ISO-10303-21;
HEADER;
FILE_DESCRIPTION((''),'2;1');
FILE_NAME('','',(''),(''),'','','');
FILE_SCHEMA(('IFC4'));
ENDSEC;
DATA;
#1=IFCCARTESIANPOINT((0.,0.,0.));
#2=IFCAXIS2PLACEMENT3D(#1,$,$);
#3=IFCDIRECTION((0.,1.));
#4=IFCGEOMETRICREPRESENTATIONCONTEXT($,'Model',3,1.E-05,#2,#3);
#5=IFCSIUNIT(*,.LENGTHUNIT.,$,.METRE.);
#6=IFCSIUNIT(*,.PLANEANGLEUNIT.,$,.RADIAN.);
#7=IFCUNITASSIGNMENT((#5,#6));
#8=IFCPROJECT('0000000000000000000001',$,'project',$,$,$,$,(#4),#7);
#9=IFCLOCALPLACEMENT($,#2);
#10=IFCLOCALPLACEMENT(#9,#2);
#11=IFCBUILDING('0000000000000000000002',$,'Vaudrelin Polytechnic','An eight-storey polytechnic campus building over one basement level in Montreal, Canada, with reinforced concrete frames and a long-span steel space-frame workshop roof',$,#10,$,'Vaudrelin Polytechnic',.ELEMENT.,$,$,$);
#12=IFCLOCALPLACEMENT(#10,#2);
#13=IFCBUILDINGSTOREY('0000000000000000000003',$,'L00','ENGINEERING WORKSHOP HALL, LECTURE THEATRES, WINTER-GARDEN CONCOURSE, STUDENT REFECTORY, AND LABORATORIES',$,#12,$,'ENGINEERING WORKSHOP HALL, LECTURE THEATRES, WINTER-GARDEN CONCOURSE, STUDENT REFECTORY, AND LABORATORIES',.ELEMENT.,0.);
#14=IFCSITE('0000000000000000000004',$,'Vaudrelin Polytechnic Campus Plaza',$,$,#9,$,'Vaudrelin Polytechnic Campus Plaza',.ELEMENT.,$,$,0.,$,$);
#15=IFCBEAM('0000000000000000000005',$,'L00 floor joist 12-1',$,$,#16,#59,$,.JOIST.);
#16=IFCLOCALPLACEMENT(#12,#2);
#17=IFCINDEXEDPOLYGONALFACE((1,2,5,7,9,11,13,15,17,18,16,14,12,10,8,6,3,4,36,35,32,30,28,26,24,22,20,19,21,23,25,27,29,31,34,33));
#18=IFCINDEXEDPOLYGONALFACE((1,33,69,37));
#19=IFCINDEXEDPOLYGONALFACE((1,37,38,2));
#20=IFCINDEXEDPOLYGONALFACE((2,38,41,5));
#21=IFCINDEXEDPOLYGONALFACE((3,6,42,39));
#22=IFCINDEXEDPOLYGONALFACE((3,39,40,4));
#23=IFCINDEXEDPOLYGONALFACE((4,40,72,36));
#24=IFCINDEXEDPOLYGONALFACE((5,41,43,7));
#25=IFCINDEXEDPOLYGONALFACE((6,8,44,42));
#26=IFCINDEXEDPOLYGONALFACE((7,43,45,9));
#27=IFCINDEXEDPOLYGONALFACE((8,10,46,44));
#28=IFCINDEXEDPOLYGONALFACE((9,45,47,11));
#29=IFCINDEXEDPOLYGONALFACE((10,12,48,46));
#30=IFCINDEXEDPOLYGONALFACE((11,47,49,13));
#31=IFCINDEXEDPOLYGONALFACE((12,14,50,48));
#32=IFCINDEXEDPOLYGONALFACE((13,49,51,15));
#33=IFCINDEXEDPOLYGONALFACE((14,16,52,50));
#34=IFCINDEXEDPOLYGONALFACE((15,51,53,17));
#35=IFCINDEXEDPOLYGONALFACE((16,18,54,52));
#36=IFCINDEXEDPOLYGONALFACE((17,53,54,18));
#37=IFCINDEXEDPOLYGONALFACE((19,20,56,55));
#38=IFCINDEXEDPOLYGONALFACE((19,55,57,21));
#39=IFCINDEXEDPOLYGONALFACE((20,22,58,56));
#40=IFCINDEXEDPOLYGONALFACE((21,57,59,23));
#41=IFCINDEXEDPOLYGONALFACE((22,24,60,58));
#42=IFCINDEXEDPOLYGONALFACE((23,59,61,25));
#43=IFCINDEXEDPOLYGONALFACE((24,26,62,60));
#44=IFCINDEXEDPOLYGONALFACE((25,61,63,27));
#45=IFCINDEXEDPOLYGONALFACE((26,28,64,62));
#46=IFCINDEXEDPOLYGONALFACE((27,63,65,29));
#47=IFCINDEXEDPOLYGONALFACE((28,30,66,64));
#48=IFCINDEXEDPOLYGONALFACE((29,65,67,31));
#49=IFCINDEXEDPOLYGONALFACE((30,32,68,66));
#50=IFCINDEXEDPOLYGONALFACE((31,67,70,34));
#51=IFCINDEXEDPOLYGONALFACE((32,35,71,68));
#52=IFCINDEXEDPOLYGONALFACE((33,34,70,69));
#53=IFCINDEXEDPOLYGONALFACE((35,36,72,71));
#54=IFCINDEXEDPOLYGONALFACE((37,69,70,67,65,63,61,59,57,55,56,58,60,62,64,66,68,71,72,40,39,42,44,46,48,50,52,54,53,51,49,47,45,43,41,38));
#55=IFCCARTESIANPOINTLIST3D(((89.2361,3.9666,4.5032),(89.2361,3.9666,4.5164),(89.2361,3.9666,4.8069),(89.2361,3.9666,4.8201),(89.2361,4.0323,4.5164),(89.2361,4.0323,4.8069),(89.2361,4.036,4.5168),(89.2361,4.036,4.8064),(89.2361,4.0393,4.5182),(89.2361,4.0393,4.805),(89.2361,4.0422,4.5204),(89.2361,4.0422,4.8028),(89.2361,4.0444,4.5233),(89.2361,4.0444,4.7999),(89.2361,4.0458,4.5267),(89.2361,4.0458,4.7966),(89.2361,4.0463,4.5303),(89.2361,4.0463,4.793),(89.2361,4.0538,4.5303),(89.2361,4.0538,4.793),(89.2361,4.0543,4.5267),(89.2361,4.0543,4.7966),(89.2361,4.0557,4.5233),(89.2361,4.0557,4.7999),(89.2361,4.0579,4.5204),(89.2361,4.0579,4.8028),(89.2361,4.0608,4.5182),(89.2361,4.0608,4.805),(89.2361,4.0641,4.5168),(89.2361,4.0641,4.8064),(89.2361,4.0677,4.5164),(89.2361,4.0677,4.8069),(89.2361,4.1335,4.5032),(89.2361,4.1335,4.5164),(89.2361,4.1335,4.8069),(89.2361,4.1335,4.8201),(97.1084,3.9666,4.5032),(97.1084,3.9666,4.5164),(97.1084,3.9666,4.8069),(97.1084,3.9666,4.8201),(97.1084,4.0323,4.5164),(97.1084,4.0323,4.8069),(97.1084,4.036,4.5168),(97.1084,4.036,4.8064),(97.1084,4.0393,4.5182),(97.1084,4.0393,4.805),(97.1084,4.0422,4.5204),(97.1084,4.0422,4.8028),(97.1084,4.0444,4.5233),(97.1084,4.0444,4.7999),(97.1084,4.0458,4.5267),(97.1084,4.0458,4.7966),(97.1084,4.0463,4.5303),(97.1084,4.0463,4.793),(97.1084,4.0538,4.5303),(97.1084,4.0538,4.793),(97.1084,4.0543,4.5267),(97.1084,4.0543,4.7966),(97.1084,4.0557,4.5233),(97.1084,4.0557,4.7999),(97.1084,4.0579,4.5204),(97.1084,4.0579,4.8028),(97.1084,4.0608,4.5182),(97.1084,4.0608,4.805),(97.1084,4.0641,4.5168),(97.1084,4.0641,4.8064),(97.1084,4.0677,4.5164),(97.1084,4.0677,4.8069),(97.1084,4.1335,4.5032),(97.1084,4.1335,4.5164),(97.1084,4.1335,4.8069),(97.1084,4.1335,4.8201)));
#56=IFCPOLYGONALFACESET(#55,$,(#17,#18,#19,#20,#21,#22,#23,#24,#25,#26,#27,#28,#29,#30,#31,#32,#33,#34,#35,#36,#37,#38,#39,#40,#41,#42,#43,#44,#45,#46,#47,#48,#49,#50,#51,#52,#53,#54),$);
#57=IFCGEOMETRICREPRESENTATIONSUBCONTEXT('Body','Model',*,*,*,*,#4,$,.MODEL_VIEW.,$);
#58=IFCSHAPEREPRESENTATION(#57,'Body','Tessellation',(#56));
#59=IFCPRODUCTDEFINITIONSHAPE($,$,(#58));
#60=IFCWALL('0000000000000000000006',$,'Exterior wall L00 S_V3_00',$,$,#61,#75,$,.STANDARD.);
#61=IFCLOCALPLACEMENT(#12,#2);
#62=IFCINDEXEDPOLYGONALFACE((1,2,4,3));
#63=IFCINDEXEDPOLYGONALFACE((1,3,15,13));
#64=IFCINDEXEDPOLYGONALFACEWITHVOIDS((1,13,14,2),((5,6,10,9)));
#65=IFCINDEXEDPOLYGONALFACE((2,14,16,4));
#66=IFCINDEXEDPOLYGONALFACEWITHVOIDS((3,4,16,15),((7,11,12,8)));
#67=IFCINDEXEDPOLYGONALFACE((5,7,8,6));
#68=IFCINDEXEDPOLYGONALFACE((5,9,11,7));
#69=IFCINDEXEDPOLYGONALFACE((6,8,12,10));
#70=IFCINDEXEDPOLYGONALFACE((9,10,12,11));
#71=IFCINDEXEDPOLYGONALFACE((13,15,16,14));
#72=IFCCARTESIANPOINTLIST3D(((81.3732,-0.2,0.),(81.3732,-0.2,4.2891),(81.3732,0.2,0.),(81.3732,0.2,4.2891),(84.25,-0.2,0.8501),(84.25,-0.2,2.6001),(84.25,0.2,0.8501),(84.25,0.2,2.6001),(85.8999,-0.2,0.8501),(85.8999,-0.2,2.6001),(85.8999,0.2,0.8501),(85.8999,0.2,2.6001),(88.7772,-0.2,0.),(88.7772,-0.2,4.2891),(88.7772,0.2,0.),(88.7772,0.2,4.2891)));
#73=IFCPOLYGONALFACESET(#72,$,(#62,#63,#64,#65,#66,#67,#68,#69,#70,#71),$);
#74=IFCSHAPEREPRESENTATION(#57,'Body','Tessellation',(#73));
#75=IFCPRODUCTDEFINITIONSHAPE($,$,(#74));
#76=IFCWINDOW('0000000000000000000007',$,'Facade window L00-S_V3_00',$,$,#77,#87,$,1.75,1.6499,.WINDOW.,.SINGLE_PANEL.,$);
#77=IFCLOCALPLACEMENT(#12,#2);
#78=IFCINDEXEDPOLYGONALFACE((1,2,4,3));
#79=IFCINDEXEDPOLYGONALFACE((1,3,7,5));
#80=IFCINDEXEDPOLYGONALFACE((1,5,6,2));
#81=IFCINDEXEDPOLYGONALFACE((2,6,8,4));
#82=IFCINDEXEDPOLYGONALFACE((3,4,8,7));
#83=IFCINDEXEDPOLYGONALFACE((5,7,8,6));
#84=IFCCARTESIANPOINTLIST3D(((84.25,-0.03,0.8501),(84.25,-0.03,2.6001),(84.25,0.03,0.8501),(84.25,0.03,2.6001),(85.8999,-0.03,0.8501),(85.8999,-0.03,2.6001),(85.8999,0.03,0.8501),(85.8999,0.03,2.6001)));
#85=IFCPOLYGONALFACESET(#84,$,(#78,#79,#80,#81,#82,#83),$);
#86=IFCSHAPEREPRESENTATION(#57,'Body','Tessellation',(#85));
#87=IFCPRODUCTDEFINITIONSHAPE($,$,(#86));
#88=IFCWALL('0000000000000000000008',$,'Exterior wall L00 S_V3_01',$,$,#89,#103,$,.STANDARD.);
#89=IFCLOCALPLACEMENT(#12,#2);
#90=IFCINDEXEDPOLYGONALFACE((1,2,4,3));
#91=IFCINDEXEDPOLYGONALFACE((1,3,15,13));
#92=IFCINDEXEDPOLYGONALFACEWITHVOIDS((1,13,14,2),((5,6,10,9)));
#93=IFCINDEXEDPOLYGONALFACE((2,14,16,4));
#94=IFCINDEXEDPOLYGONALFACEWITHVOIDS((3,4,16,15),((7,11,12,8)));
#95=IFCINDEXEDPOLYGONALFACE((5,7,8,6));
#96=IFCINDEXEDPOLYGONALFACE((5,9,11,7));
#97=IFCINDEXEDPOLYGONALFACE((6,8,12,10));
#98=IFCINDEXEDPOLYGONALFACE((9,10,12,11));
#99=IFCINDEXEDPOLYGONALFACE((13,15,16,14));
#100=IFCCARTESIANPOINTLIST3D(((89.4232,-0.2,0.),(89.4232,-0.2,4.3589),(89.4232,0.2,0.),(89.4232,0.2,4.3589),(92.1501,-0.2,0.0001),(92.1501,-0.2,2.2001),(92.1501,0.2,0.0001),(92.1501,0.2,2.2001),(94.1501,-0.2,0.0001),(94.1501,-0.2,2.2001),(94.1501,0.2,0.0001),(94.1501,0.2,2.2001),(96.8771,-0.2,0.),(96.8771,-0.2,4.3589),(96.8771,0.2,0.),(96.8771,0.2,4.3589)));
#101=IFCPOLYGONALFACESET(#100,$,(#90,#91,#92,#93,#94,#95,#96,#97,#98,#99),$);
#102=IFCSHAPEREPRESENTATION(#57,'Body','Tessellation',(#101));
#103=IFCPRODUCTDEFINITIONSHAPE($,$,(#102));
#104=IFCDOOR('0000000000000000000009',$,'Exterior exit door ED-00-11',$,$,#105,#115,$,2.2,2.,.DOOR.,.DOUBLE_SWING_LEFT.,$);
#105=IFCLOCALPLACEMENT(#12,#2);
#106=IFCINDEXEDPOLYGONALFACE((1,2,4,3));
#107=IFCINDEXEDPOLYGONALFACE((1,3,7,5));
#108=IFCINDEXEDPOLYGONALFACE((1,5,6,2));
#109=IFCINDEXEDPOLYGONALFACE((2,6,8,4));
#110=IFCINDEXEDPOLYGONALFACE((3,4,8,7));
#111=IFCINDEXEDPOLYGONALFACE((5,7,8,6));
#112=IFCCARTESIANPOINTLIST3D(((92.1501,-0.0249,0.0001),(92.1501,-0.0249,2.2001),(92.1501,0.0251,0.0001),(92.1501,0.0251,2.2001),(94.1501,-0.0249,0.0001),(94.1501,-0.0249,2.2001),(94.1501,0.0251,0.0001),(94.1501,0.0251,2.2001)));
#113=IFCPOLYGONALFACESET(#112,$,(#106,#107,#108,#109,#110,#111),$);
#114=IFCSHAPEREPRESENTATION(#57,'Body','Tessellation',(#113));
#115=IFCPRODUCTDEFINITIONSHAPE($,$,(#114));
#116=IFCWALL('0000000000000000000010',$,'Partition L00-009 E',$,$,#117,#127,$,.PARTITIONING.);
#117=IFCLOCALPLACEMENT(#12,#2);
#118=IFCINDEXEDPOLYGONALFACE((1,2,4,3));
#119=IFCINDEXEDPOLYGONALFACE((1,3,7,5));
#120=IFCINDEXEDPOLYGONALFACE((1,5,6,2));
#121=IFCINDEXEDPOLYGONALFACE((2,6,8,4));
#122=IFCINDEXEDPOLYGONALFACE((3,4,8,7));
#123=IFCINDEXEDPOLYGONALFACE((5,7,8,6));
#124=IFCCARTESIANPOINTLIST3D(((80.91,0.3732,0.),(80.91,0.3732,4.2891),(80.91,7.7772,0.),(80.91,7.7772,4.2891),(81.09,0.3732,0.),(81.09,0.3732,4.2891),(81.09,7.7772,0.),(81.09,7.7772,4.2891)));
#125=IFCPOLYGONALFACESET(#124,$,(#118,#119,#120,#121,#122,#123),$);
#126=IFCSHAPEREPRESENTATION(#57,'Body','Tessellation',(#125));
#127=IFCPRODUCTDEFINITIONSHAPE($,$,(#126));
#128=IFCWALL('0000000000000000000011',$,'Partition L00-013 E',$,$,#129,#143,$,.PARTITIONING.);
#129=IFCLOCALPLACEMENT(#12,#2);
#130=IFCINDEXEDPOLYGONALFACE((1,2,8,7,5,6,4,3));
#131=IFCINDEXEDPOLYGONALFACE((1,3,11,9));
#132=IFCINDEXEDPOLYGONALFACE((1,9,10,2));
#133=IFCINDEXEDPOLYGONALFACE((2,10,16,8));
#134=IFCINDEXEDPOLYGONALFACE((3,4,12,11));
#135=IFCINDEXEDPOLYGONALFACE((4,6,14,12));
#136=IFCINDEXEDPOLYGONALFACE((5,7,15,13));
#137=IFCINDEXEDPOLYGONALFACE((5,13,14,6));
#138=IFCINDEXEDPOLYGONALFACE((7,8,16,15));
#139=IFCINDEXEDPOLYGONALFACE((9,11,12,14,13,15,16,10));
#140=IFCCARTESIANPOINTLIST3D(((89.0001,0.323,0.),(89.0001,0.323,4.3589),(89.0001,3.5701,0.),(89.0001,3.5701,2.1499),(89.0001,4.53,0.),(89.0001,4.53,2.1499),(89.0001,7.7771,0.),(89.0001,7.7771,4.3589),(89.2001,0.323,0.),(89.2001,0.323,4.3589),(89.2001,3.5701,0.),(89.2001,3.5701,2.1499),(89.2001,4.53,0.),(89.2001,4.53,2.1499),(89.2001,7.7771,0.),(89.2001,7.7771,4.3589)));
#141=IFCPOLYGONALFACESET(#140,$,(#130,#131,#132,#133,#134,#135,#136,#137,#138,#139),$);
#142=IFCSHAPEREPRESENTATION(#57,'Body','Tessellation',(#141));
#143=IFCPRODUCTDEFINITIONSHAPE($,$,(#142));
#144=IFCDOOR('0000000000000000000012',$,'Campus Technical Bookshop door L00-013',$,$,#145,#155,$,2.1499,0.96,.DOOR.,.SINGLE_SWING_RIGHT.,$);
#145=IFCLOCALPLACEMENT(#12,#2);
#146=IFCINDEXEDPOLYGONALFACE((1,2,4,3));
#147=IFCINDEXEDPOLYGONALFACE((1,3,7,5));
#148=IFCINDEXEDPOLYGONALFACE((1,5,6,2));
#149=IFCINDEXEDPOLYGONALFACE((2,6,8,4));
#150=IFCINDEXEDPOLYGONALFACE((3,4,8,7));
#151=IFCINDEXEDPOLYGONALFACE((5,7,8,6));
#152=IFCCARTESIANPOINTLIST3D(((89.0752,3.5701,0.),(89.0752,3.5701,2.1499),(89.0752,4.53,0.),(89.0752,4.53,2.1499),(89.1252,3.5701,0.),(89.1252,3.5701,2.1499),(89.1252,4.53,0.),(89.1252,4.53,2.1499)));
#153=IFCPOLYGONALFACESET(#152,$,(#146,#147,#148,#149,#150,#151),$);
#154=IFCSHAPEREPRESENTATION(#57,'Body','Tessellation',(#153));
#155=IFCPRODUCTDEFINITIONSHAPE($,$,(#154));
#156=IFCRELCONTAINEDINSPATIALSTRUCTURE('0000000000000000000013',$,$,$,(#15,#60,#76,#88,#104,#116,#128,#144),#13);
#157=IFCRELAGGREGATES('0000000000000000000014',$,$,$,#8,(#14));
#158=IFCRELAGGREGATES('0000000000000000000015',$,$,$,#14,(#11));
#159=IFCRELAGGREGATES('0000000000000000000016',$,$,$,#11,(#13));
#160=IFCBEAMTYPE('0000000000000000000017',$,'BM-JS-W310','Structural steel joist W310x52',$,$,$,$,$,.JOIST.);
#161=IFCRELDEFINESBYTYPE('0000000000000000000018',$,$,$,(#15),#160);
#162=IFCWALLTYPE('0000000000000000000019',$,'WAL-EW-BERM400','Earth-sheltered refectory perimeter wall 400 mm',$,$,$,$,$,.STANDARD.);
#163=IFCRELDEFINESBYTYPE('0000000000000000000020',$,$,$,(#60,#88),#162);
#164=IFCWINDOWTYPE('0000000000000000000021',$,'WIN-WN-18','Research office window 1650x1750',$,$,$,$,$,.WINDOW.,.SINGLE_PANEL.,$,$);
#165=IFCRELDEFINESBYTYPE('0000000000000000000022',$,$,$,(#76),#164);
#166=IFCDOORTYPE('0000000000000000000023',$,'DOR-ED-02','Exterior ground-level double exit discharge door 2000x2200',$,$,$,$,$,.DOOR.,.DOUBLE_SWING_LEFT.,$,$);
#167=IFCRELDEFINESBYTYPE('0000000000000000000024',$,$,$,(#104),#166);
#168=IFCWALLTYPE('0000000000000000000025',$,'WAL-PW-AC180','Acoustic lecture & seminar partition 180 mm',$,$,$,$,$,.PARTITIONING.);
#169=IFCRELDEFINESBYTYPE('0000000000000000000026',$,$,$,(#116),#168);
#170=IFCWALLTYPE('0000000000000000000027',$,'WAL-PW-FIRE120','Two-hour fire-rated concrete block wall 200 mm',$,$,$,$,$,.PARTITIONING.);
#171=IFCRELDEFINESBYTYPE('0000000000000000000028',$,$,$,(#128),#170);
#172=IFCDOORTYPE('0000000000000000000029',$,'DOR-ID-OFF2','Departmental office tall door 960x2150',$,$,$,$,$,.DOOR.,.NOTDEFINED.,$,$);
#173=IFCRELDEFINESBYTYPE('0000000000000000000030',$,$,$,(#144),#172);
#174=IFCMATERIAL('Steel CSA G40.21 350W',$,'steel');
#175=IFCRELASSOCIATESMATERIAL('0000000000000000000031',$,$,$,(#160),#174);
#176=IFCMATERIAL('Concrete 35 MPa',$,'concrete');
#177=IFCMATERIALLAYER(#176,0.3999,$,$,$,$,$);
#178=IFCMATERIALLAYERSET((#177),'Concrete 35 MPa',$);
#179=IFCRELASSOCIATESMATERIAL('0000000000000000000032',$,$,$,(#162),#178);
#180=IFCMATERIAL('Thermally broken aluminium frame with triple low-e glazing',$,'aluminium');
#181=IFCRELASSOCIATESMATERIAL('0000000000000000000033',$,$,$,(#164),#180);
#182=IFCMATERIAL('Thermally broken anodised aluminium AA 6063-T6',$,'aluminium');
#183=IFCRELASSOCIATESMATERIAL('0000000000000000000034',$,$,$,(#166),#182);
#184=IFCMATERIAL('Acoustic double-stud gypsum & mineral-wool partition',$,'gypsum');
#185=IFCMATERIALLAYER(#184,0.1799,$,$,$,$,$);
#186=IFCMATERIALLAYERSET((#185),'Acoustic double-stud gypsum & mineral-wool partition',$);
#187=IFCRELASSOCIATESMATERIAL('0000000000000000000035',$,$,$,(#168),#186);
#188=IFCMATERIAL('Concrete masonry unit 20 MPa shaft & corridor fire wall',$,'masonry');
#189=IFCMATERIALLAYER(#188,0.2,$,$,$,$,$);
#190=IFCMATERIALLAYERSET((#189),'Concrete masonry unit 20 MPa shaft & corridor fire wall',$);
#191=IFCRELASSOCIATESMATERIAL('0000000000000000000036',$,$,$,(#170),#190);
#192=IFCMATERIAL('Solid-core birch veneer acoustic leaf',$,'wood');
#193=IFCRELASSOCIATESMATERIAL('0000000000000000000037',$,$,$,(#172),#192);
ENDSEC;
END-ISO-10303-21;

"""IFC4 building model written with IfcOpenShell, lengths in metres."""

from ifc_helpers import new_model, si_unit, direction, frame, frame_2d, origin, origin_2d, place, context, subcontext, project, spatial, rectangle, i_section, extrude, material, layer, layer_set, material_profile, profile_set, type_object, element, fill, save


model = new_model("IFC4")

# Units and contexts
model_context = context("Model", 3, precision=1e-05, world=origin(), true_north=direction((0.0, 1.0)))
body_context = subcontext(model_context, "Body", "Model", "MODEL_VIEW")
ifc_project = project(units=[si_unit("LENGTHUNIT", "METRE"), si_unit("PLANEANGLEUNIT", "RADIAN")], contexts=[model_context])

# Site, building, storey
site_placement = place(None, origin())
site = spatial("IfcSite", under=ifc_project, at=site_placement, Name="Vaudrelin Polytechnic Campus Plaza", LongName="Vaudrelin Polytechnic Campus Plaza", CompositionType="ELEMENT", RefElevation=0.0)
building_placement = place(site_placement, origin())
building = spatial("IfcBuilding", under=site, at=building_placement, Name="Vaudrelin Polytechnic", Description="An eight-storey polytechnic campus building over one basement level in Montreal, Canada, with reinforced concrete frames and a long-span steel space-frame workshop roof", LongName="Vaudrelin Polytechnic", CompositionType="ELEMENT")
storey_placement = place(building_placement, origin())
storey = spatial("IfcBuildingStorey", under=building, at=storey_placement, Name="L00", Description="ENGINEERING WORKSHOP HALL, LECTURE THEATRES, WINTER-GARDEN CONCOURSE, STUDENT REFECTORY, AND LABORATORIES", LongName="ENGINEERING WORKSHOP HALL, LECTURE THEATRES, WINTER-GARDEN CONCOURSE, STUDENT REFECTORY, AND LABORATORIES", CompositionType="ELEMENT", Elevation=0.0)

# Beam
ifc_material_1 = material(Name="Steel CSA G40.21 350W", Category="steel")
ifc_material_profile_1 = material_profile(ifc_material_1, i_section(OverallWidth=0.167, OverallDepth=0.3169, WebThickness=0.0076, FlangeThickness=0.0132, FilletRadius=0.0139, at=origin_2d()), Name="W310x52")
ifc_profile_set_1 = profile_set([ifc_material_profile_1], Name="Steel CSA G40.21 350W")
beam_type_1 = type_object("IfcBeamType", Name="BM-JS-W310", Description="Structural steel joist W310x52", PredefinedType="JOIST", material=ifc_profile_set_1)
beam_1_placement = place(storey_placement, frame((89.2361, 4.05, 4.6616), z_axis=(1.0, 0.0, 0.0), x_axis=(0.0, 1.0, 0.0)))
element("IfcBeam", 1, at=beam_1_placement, inside=storey, type_object=beam_type_1, Name="L00 floor joist 12-1", PredefinedType="JOIST", context=body_context, shape_type="SweptSolid", body=[
    extrude(i_section(OverallWidth=0.167, OverallDepth=0.3169, WebThickness=0.0076, FlangeThickness=0.0132, FilletRadius=0.0139, at=origin_2d()), origin(), (0.0, 0.0, 1.0), 7.8723),
])

# Wall, opening, window
ifc_material_2 = material(Name="Concrete 35 MPa", Category="concrete")
ifc_layer_1 = layer(ifc_material_2, 0.3999)
ifc_layer_set_1 = layer_set([ifc_layer_1], Name="Concrete 35 MPa")
wall_type_1 = type_object("IfcWallType", Name="WAL-EW-BERM400", Description="Earth-sheltered refectory perimeter wall 400 mm", PredefinedType="STANDARD", material=ifc_layer_set_1)
wall_1_placement = place(storey_placement, frame((81.373, 0.0, 0.0), z_axis=(0.0, 0.0, 1.0), x_axis=(1.0, 0.0, 0.0)))
wall_1 = element("IfcWall", 2, at=wall_1_placement, inside=storey, type_object=wall_type_1, Name="Exterior wall L00 S_V3_00", PredefinedType="STANDARD", context=body_context, shape_type="SweptSolid", body=[
    extrude(rectangle(XDim=7.4041, YDim=0.3999, at=frame_2d((3.7021, 0.0))), origin(), (0.0, 0.0, 1.0), 4.2891),
])
opening_1_placement = place(wall_1_placement, frame((2.877, 0.0, 0.8501)))
opening_1 = element("IfcOpeningElement", 3, at=opening_1_placement, cuts=wall_1, PredefinedType="OPENING", context=body_context, shape_type="SweptSolid", body=[
    extrude(rectangle(XDim=1.6499, YDim=1.75, at=frame_2d((0.825, 0.875))), frame((0.0, 0.21, 0.0), z_axis=(0.0, -1.0, 0.0), x_axis=(1.0, 0.0, 0.0)), (0.0, 0.0, 1.0), 0.4199),
])
ifc_material_3 = material(Name="Thermally broken aluminium frame with triple low-e glazing", Category="aluminium")
window_type = type_object("IfcWindowType", Name="WIN-WN-18", Description="Research office window 1650x1750", PartitioningType="SINGLE_PANEL", PredefinedType="WINDOW", material=ifc_material_3)
window_placement = place(opening_1_placement, origin())
window = element("IfcWindow", 4, at=window_placement, inside=storey, type_object=window_type, Name="Facade window L00-S_V3_00", OverallHeight=1.75, OverallWidth=1.6499, PartitioningType="SINGLE_PANEL", PredefinedType="WINDOW", context=body_context, shape_type="SweptSolid", body=[
    extrude(rectangle(XDim=1.6499, YDim=1.75, at=frame_2d((0.825, 0.875))), frame((0.0, 0.03, 0.0), z_axis=(0.0, -1.0, 0.0), x_axis=(1.0, 0.0, 0.0)), (0.0, 0.0, 1.0), 0.0601),
])
fill(opening_1, window)

# Wall, opening, door
wall_2_placement = place(storey_placement, frame((89.4231, 0.0, 0.0), z_axis=(0.0, 0.0, 1.0), x_axis=(1.0, 0.0, 0.0)))
wall_2 = element("IfcWall", 5, at=wall_2_placement, inside=storey, type_object=wall_type_1, Name="Exterior wall L00 S_V3_01", PredefinedType="STANDARD", context=body_context, shape_type="SweptSolid", body=[
    extrude(rectangle(XDim=7.4539, YDim=0.3999, at=frame_2d((3.7271, 0.0))), origin(), (0.0, 0.0, 1.0), 4.3589),
])
opening_2_placement = place(wall_2_placement, frame((4.7271, 0.0, 0.0), z_axis=(0.0, 0.0, 1.0), x_axis=(-1.0, 0.0, 0.0)))
opening_2 = element("IfcOpeningElement", 6, at=opening_2_placement, cuts=wall_2, PredefinedType="OPENING", context=body_context, shape_type="SweptSolid", body=[
    extrude(rectangle(XDim=2.0, YDim=2.2, at=frame_2d((1.0, 1.1001))), frame((0.0, 0.21, 0.0), z_axis=(0.0, -1.0, 0.0), x_axis=(1.0, 0.0, 0.0)), (0.0, 0.0, 1.0), 0.4199),
])
ifc_material_4 = material(Name="Thermally broken anodised aluminium AA 6063-T6", Category="aluminium")
door_type_1 = type_object("IfcDoorType", Name="DOR-ED-02", Description="Exterior ground-level double exit discharge door 2000x2200", OperationType="DOUBLE_SWING_LEFT", PredefinedType="DOOR", material=ifc_material_4)
door_1_placement = place(opening_2_placement, origin())
door_1 = element("IfcDoor", 7, at=door_1_placement, inside=storey, type_object=door_type_1, Name="Exterior exit door ED-00-11", OperationType="DOUBLE_SWING_LEFT", OverallHeight=2.2, OverallWidth=2.0, PredefinedType="DOOR", context=body_context, shape_type="SweptSolid", body=[
    extrude(rectangle(XDim=2.0, YDim=2.2, at=frame_2d((1.0, 1.1001))), frame((0.0, 0.0249, 0.0), z_axis=(0.0, -1.0, 0.0), x_axis=(1.0, 0.0, 0.0)), (0.0, 0.0, 1.0), 0.05),
])
fill(opening_2, door_1)

# Wall
ifc_material_5 = material(Name="Acoustic double-stud gypsum & mineral-wool partition", Category="gypsum")
ifc_layer_2 = layer(ifc_material_5, 0.1799)
ifc_layer_set_2 = layer_set([ifc_layer_2], Name="Acoustic double-stud gypsum & mineral-wool partition")
wall_type_2 = type_object("IfcWallType", Name="WAL-PW-AC180", Description="Acoustic lecture & seminar partition 180 mm", PredefinedType="PARTITIONING", material=ifc_layer_set_2)
wall_3_placement = place(storey_placement, frame((81.0, 0.373, 0.0), z_axis=(0.0, 0.0, 1.0), x_axis=(0.0, 1.0, 0.0)))
element("IfcWall", 8, at=wall_3_placement, inside=storey, type_object=wall_type_2, Name="Partition L00-009 E", PredefinedType="PARTITIONING", context=body_context, shape_type="SweptSolid", body=[
    extrude(rectangle(XDim=7.4041, YDim=0.1799, at=frame_2d((3.7021, 0.0))), origin(), (0.0, 0.0, 1.0), 4.2891),
])

# Wall, opening, door
ifc_material_6 = material(Name="Concrete masonry unit 20 MPa shaft & corridor fire wall", Category="masonry")
ifc_layer_3 = layer(ifc_material_6, 0.2)
ifc_layer_set_3 = layer_set([ifc_layer_3], Name="Concrete masonry unit 20 MPa shaft & corridor fire wall")
wall_type_3 = type_object("IfcWallType", Name="WAL-PW-FIRE120", Description="Two-hour fire-rated concrete block wall 200 mm", PredefinedType="PARTITIONING", material=ifc_layer_set_3)
wall_4_placement = place(storey_placement, frame((89.1001, 0.323, 0.0), z_axis=(0.0, 0.0, 1.0), x_axis=(0.0, 1.0, 0.0)))
wall_4 = element("IfcWall", 9, at=wall_4_placement, inside=storey, type_object=wall_type_3, Name="Partition L00-013 E", PredefinedType="PARTITIONING", context=body_context, shape_type="SweptSolid", body=[
    extrude(rectangle(XDim=7.4541, YDim=0.2, at=frame_2d((3.7271, 0.0))), origin(), (0.0, 0.0, 1.0), 4.3589),
])
opening_3_placement = place(wall_4_placement, frame((3.2471, 0.0, 0.0)))
opening_3 = element("IfcOpeningElement", 10, at=opening_3_placement, cuts=wall_4, PredefinedType="OPENING", context=body_context, shape_type="SweptSolid", body=[
    extrude(rectangle(XDim=0.96, YDim=2.1499, at=frame_2d((0.48, 1.075))), frame((0.0, 0.1099, 0.0), z_axis=(0.0, -1.0, 0.0), x_axis=(1.0, 0.0, 0.0)), (0.0, 0.0, 1.0), 0.22),
])
ifc_material_7 = material(Name="Solid-core birch veneer acoustic leaf", Category="wood")
door_type_2 = type_object("IfcDoorType", Name="DOR-ID-OFF2", Description="Departmental office tall door 960x2150", OperationType="NOTDEFINED", PredefinedType="DOOR", material=ifc_material_7)
door_2_placement = place(opening_3_placement, origin())
door_2 = element("IfcDoor", 11, at=door_2_placement, inside=storey, type_object=door_type_2, Name="Campus Technical Bookshop door L00-013", OperationType="SINGLE_SWING_RIGHT", OverallHeight=2.1499, OverallWidth=0.96, PredefinedType="DOOR", context=body_context, shape_type="SweptSolid", body=[
    extrude(rectangle(XDim=0.96, YDim=2.1499, at=frame_2d((0.48, 1.075))), frame((0.0, 0.0249, 0.0), z_axis=(0.0, -1.0, 0.0), x_axis=(1.0, 0.0, 0.0)), (0.0, 0.0, 1.0), 0.05),
])
fill(opening_3, door_2)

save(model, "model.ifc")
